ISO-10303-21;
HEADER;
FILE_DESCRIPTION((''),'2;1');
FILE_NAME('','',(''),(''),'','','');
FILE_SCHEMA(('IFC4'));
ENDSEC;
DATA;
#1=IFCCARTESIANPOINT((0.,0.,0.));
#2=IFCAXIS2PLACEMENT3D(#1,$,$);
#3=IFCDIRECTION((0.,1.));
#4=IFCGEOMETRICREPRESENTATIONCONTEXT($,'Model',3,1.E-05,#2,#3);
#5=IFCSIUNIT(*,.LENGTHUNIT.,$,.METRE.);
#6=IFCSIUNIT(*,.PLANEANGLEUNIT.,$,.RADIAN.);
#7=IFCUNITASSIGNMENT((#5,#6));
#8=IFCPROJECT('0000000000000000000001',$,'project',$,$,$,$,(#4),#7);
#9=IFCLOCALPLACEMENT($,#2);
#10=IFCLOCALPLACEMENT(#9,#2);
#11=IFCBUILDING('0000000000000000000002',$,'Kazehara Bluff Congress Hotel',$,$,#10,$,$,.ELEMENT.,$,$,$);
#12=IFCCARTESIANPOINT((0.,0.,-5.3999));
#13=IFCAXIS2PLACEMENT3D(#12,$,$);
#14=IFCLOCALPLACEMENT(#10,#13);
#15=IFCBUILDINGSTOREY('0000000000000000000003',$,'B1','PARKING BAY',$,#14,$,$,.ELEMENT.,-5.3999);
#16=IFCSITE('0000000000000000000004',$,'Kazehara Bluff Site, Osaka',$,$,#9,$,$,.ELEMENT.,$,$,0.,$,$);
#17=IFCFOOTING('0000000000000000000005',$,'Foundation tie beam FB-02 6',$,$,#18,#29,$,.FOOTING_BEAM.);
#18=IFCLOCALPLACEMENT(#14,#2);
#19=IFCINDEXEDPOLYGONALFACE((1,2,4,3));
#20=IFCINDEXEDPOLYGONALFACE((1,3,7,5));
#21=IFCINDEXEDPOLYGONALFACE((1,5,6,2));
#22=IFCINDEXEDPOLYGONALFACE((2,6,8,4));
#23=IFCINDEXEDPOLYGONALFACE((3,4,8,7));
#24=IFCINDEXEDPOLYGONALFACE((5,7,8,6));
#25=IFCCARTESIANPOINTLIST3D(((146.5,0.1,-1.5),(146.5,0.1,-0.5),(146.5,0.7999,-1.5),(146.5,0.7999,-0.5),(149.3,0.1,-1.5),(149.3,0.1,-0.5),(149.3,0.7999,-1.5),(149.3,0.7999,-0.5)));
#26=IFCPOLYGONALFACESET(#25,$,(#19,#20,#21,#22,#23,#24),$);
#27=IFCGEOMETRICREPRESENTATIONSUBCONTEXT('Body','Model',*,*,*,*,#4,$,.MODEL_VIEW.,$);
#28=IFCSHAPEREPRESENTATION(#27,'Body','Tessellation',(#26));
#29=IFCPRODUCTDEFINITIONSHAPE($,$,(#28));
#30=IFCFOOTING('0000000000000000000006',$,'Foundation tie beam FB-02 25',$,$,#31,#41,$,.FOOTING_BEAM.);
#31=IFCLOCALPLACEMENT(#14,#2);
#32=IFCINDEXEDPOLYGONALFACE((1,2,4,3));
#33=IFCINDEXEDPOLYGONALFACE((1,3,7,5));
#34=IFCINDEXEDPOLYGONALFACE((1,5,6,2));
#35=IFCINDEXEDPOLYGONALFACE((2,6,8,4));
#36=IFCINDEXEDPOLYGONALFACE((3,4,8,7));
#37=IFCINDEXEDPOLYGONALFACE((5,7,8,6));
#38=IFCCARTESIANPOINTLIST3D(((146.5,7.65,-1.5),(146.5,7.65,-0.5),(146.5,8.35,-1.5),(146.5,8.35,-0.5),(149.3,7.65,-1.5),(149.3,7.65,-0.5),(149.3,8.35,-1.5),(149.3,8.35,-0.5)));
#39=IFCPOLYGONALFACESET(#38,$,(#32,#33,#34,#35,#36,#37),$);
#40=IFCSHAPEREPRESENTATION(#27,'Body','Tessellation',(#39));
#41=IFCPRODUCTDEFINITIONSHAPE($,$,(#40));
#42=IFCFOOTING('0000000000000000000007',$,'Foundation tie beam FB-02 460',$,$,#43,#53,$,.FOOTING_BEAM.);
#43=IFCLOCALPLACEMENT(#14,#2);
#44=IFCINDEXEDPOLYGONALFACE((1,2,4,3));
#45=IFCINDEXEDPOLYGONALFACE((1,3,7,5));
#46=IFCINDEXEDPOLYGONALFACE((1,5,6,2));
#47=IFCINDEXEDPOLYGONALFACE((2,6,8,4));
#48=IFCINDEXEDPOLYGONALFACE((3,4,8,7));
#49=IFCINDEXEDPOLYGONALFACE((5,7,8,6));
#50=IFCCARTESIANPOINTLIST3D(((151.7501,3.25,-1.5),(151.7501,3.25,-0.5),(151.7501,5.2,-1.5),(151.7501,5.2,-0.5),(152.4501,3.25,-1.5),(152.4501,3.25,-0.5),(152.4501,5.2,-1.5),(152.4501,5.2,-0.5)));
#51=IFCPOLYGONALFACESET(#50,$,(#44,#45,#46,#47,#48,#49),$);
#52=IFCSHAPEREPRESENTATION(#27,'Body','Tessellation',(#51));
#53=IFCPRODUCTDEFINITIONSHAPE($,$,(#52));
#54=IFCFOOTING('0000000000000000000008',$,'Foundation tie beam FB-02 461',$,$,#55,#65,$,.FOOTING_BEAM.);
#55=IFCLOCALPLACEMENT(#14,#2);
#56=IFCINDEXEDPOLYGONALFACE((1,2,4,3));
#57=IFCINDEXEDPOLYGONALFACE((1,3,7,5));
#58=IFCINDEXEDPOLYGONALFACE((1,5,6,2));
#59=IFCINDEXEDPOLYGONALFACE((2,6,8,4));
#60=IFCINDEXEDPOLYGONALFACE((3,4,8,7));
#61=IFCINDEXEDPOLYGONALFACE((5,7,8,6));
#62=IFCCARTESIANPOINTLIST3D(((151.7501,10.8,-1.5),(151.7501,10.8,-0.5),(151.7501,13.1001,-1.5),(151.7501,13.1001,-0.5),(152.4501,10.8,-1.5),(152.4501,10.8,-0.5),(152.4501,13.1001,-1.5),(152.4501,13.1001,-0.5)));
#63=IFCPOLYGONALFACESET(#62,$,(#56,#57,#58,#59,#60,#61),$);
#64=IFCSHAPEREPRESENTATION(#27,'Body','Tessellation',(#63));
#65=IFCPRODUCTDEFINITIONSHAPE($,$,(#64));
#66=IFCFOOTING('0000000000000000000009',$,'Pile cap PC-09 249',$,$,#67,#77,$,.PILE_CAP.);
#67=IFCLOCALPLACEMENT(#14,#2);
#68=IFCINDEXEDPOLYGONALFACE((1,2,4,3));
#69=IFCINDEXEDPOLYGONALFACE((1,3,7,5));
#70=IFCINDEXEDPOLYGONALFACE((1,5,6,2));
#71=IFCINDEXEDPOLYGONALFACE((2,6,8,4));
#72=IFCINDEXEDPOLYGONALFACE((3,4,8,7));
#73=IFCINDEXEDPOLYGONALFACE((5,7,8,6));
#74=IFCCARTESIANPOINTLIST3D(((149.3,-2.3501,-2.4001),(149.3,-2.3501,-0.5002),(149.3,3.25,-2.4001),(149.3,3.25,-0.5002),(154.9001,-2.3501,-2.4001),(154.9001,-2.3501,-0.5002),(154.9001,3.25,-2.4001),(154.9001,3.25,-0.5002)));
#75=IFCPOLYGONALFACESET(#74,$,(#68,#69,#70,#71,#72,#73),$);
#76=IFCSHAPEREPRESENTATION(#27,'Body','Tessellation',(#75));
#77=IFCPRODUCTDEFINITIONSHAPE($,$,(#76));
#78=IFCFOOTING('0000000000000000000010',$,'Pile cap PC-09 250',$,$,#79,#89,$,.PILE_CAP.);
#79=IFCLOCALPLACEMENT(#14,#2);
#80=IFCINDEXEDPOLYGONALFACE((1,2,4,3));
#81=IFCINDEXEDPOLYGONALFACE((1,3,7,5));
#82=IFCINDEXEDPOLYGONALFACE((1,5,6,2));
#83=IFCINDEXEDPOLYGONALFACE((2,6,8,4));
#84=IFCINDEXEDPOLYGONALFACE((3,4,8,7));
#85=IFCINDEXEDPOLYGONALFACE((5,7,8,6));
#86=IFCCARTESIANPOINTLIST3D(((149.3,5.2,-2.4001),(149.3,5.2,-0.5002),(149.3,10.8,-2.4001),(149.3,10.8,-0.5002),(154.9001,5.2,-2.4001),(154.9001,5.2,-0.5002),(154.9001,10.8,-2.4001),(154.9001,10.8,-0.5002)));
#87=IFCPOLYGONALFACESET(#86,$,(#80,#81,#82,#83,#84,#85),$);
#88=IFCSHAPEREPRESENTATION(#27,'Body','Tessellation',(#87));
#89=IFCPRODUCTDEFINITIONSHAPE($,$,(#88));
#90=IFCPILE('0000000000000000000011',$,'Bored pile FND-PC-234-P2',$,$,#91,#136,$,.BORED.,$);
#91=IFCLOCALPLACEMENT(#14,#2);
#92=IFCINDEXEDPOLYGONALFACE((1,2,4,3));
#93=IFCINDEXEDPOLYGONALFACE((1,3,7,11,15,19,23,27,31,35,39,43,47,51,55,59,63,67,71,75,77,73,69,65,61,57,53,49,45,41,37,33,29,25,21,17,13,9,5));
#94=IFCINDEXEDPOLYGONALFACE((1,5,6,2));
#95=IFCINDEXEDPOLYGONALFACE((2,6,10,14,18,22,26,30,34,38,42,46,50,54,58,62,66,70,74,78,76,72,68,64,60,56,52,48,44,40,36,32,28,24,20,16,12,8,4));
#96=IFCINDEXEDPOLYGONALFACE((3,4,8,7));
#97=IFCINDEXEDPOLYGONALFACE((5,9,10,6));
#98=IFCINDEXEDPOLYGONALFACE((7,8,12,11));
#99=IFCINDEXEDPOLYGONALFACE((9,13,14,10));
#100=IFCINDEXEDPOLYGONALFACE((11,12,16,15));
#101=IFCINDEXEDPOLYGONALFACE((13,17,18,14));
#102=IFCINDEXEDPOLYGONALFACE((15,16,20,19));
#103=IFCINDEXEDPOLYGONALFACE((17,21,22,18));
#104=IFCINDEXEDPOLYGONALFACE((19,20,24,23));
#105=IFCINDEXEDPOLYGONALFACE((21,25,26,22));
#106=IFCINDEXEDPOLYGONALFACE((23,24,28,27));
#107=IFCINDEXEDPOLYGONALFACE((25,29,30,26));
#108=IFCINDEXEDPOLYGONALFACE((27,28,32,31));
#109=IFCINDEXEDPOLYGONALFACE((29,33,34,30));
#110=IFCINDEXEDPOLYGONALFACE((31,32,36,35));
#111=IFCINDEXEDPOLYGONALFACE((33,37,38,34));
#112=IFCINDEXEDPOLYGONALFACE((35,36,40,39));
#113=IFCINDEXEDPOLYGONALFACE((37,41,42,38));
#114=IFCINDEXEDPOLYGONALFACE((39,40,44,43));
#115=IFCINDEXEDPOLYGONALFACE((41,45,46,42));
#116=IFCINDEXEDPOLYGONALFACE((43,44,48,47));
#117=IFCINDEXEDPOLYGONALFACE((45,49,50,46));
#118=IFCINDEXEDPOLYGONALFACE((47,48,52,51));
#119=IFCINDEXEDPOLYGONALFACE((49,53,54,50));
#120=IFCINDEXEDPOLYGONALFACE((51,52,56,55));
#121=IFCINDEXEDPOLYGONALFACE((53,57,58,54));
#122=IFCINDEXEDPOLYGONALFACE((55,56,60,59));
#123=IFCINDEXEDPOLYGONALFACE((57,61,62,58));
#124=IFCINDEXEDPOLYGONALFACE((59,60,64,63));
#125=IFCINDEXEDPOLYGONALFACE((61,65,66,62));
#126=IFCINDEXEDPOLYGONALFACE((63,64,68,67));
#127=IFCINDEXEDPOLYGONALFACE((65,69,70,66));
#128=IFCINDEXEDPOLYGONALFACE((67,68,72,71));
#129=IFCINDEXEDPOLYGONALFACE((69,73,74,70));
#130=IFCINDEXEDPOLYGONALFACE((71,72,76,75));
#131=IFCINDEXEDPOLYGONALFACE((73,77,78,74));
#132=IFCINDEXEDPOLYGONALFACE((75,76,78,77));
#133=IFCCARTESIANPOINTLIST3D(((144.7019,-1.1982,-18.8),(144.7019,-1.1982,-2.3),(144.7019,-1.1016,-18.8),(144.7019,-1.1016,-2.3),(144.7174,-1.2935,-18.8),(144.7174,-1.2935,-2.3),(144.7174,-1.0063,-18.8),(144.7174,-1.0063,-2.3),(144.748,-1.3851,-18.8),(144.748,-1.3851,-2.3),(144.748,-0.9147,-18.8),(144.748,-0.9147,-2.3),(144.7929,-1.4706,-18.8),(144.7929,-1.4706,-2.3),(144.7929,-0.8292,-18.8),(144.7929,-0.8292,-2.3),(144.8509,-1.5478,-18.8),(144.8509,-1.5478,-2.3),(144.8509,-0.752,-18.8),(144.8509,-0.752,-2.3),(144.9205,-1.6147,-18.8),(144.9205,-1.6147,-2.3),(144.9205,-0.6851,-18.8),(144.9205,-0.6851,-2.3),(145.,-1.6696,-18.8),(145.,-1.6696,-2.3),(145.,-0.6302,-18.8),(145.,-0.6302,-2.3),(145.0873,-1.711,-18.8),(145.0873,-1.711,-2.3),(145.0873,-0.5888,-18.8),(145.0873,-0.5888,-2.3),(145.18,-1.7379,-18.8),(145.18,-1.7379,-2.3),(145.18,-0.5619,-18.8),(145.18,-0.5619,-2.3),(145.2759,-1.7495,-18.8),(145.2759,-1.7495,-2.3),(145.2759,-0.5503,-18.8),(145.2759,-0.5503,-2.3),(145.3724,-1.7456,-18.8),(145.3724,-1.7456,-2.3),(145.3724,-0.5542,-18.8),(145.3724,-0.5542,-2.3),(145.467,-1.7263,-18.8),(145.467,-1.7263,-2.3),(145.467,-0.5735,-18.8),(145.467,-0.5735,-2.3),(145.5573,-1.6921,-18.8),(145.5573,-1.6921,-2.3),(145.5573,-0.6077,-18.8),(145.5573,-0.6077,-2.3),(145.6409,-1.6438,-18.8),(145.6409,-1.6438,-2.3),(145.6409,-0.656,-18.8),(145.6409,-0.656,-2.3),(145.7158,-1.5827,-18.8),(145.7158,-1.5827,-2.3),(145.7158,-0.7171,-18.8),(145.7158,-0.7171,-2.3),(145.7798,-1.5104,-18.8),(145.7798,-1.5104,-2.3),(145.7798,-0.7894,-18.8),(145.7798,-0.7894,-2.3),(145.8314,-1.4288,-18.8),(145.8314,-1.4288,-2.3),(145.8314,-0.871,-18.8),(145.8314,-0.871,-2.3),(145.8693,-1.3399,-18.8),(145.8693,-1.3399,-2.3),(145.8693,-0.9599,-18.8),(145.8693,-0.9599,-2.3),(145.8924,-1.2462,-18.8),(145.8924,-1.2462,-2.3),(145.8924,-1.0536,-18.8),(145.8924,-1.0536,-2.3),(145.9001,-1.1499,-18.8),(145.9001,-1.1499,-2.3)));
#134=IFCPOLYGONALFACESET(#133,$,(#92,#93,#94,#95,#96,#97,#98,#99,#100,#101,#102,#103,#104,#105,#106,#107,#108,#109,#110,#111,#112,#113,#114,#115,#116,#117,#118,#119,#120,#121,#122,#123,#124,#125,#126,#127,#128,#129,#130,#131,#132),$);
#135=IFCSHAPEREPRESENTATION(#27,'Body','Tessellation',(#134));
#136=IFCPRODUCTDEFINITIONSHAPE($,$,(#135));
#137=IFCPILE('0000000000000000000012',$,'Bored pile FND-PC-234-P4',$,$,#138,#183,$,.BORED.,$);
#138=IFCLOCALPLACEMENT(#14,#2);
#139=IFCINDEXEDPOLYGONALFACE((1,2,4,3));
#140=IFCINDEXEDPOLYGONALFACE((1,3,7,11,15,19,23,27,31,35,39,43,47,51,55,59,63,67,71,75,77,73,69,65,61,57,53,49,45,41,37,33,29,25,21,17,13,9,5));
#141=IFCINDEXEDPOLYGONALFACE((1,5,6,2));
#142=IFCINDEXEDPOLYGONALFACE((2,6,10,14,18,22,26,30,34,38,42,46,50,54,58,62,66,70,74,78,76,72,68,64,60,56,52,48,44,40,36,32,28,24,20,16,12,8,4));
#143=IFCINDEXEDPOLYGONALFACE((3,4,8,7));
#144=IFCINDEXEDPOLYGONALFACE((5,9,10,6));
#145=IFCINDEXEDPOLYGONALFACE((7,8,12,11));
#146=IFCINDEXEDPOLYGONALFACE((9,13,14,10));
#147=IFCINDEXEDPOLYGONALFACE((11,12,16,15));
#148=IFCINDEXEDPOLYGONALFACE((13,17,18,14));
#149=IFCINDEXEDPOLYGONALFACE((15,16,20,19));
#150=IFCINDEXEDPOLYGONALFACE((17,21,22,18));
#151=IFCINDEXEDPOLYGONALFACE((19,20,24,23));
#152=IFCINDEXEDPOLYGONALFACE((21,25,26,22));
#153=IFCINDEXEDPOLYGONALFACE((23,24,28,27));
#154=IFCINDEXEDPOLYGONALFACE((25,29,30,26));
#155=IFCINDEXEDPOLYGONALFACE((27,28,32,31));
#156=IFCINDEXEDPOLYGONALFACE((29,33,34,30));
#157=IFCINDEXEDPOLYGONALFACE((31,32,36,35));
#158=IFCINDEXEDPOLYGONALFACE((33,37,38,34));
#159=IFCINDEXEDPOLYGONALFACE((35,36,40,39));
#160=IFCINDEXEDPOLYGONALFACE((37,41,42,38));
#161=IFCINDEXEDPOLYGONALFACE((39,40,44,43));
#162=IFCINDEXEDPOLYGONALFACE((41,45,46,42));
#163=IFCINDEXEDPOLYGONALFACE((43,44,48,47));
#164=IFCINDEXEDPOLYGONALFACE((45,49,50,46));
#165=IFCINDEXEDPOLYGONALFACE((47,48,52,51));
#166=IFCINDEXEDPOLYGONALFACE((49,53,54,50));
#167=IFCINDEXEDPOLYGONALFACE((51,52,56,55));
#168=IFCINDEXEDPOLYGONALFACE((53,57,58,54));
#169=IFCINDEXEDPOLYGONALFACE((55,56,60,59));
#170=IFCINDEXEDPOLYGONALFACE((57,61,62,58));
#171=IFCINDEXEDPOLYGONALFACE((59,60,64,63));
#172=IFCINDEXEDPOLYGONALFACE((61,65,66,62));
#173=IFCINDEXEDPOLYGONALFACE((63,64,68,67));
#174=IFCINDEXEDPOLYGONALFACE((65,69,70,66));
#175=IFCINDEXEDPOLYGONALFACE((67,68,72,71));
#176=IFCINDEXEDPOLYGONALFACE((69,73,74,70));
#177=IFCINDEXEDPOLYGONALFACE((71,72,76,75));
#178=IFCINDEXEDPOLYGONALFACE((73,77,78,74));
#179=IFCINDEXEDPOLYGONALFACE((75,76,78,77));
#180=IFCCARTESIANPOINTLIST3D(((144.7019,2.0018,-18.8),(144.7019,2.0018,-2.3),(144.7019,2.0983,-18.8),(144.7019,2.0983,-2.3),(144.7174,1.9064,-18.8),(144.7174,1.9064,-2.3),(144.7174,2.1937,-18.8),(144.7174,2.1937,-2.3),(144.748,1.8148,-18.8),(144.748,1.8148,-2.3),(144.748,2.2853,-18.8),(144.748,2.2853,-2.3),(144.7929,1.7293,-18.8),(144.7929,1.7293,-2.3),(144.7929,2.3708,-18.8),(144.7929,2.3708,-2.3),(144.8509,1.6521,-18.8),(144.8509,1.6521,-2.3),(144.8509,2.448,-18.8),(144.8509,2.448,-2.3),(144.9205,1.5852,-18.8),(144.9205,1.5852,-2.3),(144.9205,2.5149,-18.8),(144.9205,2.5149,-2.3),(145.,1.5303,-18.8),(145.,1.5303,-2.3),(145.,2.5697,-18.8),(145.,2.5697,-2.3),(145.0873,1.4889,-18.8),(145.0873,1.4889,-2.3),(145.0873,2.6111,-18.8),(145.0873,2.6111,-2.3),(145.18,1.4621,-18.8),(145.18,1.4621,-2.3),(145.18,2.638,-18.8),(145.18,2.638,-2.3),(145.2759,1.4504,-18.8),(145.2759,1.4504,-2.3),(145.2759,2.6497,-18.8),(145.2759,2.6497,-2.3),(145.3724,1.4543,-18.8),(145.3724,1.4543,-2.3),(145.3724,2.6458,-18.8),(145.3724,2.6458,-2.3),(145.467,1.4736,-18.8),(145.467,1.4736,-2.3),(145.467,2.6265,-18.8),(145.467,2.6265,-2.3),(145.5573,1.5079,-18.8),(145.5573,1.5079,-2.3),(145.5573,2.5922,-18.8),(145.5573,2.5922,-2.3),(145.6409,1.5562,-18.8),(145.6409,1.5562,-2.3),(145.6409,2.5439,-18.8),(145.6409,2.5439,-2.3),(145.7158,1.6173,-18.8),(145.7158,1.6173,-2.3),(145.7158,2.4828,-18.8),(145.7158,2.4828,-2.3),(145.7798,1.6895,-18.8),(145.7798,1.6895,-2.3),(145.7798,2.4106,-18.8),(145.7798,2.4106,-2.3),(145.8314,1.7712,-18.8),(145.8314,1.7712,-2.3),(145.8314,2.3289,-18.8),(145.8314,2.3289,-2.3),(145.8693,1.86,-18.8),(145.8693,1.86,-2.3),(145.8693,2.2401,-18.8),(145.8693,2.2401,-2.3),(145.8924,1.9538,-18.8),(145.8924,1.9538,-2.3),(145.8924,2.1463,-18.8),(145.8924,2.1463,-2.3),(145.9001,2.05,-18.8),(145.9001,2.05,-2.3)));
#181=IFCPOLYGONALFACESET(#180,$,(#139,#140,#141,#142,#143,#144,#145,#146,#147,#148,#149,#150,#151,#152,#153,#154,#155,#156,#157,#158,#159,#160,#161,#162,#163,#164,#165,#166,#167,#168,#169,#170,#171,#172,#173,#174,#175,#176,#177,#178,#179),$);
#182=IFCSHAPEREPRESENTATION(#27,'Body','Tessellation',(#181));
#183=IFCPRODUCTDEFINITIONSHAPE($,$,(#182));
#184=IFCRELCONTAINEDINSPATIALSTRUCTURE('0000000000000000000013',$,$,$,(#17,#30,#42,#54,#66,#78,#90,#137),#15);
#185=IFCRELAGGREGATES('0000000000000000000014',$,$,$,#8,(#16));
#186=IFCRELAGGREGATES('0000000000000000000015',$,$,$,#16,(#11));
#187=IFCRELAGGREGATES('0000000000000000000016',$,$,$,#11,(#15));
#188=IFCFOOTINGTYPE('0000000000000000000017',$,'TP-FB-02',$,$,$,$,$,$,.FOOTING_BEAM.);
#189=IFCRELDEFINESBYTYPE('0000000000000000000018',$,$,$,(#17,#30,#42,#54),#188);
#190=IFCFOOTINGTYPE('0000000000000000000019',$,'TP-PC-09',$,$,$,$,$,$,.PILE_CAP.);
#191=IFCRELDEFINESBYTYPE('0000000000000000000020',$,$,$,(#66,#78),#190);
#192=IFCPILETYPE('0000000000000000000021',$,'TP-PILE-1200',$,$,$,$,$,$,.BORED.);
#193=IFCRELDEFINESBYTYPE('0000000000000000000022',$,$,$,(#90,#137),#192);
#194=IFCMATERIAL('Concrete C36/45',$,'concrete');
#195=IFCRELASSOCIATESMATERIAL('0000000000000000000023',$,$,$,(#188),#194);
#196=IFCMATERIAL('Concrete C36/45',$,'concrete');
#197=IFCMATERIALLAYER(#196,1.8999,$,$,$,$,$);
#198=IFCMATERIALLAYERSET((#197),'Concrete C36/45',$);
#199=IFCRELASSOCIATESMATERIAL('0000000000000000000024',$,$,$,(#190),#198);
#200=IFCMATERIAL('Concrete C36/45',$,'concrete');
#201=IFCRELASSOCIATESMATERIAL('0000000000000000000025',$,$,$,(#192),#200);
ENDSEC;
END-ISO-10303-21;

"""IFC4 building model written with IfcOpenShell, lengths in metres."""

from ifc_helpers import new_model, si_unit, direction, frame, origin, origin_2d, place, context, subcontext, project, spatial, rectangle, circle, extrude, material, layer, layer_set, material_profile, profile_set, type_object, element, save


model = new_model("IFC4")

# Units and contexts
model_context = context("Model", 3, precision=1e-05, world=origin(), true_north=direction((0.0, 1.0)))
body_context = subcontext(model_context, "Body", "Model", "MODEL_VIEW")
ifc_project = project(units=[si_unit("LENGTHUNIT", "METRE"), si_unit("PLANEANGLEUNIT", "RADIAN")], contexts=[model_context])

# Site, building, storey
site_placement = place(None, origin())
site = spatial("IfcSite", under=ifc_project, at=site_placement, Name="Kazehara Bluff Site, Osaka", CompositionType="ELEMENT", RefElevation=0.0)
building_placement = place(site_placement, origin())
building = spatial("IfcBuilding", under=site, at=building_placement, Name="Kazehara Bluff Congress Hotel", CompositionType="ELEMENT")
storey_placement = place(building_placement, frame((0.0, 0.0, -5.3999)))
storey = spatial("IfcBuildingStorey", under=building, at=storey_placement, Name="B1", Description="PARKING BAY", CompositionType="ELEMENT", Elevation=-5.3999)

# Footings
ifc_material_1 = material(Name="Concrete C36/45", Category="concrete")
ifc_material_profile_1 = material_profile(ifc_material_1, rectangle(XDim=0.7, YDim=1.0, at=origin_2d()))
ifc_profile_set_1 = profile_set([ifc_material_profile_1], Name="Concrete C36/45")
footing_type_1 = type_object("IfcFootingType", Name="TP-FB-02", PredefinedType="FOOTING_BEAM", material=ifc_profile_set_1)
for number, where, z_axis, x_axis, name in (
    (1, (146.5, 0.45, -1.0), (1.0, 0.0, 0.0), (0.0, 1.0, 0.0), "Foundation tie beam FB-02 6"),
    (2, (146.5, 8.0, -1.0), (1.0, 0.0, 0.0), (0.0, 1.0, 0.0), "Foundation tie beam FB-02 25"),
):
    element("IfcFooting", number, at=place(storey_placement, frame(where, z_axis=z_axis, x_axis=x_axis)), inside=storey, type_object=footing_type_1, Name=name, PredefinedType="FOOTING_BEAM", context=body_context, shape_type="SweptSolid", body=[
        extrude(rectangle(XDim=0.7, YDim=1.0, at=origin_2d()), origin(), (0.0, 0.0, 1.0), 2.8),
    ])
footing_1_placement = place(storey_placement, frame((152.1001, 3.25, -1.0), z_axis=(0.0, 1.0, 0.0), x_axis=(-1.0, 0.0, 0.0)))
element("IfcFooting", 3, at=footing_1_placement, inside=storey, type_object=footing_type_1, Name="Foundation tie beam FB-02 460", PredefinedType="FOOTING_BEAM", context=body_context, shape_type="SweptSolid", body=[
    extrude(rectangle(XDim=0.7, YDim=1.0, at=origin_2d()), origin(), (0.0, 0.0, 1.0), 1.95),
])
footing_2_placement = place(storey_placement, frame((152.1001, 10.8, -1.0), z_axis=(0.0, 1.0, 0.0), x_axis=(-1.0, 0.0, 0.0)))
element("IfcFooting", 4, at=footing_2_placement, inside=storey, type_object=footing_type_1, Name="Foundation tie beam FB-02 461", PredefinedType="FOOTING_BEAM", context=body_context, shape_type="SweptSolid", body=[
    extrude(rectangle(XDim=0.7, YDim=1.0, at=origin_2d()), origin(), (0.0, 0.0, 1.0), 2.3),
])
ifc_material_2 = material(Name="Concrete C36/45", Category="concrete")
ifc_layer = layer(ifc_material_2, 1.8999)
ifc_layer_set = layer_set([ifc_layer], Name="Concrete C36/45")
footing_type_2 = type_object("IfcFootingType", Name="TP-PC-09", PredefinedType="PILE_CAP", material=ifc_layer_set)
for number, where, z_axis, x_axis, name in (
    (5, (152.1001, 0.45, -2.4001), (0.0, 0.0, 1.0), (1.0, 0.0, 0.0), "Pile cap PC-09 249"),
    (6, (152.1001, 8.0, -2.4001), (0.0, 0.0, 1.0), (1.0, 0.0, 0.0), "Pile cap PC-09 250"),
):
    element("IfcFooting", number, at=place(storey_placement, frame(where, z_axis=z_axis, x_axis=x_axis)), inside=storey, type_object=footing_type_2, Name=name, PredefinedType="PILE_CAP", context=body_context, shape_type="SweptSolid", body=[
        extrude(rectangle(XDim=5.6001, YDim=5.6001, at=origin_2d()), origin(), (0.0, 0.0, 1.0), 1.8999),
    ])

# Piles
ifc_material_3 = material(Name="Concrete C36/45", Category="concrete")
ifc_material_profile_2 = material_profile(ifc_material_3, circle(Radius=0.6001, at=origin_2d()))
ifc_profile_set_2 = profile_set([ifc_material_profile_2], Name="Concrete C36/45")
pile_type_1 = type_object("IfcPileType", Name="TP-PILE-1200", PredefinedType="BORED", material=ifc_profile_set_2)
for number, where, z_axis, x_axis, name in (
    (7, (145.3, -1.1499, -2.3), (0.0, 0.0, -1.0), (1.0, 0.0, 0.0), "Bored pile FND-PC-234-P2"),
    (8, (145.3, 2.05, -2.3), (0.0, 0.0, -1.0), (1.0, 0.0, 0.0), "Bored pile FND-PC-234-P4"),
):
    element("IfcPile", number, at=place(storey_placement, frame(where, z_axis=z_axis, x_axis=x_axis)), inside=storey, type_object=pile_type_1, Name=name, PredefinedType="BORED", context=body_context, shape_type="SweptSolid", body=[
        extrude(circle(Radius=0.6001, at=origin_2d()), origin(), (0.0, 0.0, 1.0), 16.5),
    ])

save(model, "model.ifc")
